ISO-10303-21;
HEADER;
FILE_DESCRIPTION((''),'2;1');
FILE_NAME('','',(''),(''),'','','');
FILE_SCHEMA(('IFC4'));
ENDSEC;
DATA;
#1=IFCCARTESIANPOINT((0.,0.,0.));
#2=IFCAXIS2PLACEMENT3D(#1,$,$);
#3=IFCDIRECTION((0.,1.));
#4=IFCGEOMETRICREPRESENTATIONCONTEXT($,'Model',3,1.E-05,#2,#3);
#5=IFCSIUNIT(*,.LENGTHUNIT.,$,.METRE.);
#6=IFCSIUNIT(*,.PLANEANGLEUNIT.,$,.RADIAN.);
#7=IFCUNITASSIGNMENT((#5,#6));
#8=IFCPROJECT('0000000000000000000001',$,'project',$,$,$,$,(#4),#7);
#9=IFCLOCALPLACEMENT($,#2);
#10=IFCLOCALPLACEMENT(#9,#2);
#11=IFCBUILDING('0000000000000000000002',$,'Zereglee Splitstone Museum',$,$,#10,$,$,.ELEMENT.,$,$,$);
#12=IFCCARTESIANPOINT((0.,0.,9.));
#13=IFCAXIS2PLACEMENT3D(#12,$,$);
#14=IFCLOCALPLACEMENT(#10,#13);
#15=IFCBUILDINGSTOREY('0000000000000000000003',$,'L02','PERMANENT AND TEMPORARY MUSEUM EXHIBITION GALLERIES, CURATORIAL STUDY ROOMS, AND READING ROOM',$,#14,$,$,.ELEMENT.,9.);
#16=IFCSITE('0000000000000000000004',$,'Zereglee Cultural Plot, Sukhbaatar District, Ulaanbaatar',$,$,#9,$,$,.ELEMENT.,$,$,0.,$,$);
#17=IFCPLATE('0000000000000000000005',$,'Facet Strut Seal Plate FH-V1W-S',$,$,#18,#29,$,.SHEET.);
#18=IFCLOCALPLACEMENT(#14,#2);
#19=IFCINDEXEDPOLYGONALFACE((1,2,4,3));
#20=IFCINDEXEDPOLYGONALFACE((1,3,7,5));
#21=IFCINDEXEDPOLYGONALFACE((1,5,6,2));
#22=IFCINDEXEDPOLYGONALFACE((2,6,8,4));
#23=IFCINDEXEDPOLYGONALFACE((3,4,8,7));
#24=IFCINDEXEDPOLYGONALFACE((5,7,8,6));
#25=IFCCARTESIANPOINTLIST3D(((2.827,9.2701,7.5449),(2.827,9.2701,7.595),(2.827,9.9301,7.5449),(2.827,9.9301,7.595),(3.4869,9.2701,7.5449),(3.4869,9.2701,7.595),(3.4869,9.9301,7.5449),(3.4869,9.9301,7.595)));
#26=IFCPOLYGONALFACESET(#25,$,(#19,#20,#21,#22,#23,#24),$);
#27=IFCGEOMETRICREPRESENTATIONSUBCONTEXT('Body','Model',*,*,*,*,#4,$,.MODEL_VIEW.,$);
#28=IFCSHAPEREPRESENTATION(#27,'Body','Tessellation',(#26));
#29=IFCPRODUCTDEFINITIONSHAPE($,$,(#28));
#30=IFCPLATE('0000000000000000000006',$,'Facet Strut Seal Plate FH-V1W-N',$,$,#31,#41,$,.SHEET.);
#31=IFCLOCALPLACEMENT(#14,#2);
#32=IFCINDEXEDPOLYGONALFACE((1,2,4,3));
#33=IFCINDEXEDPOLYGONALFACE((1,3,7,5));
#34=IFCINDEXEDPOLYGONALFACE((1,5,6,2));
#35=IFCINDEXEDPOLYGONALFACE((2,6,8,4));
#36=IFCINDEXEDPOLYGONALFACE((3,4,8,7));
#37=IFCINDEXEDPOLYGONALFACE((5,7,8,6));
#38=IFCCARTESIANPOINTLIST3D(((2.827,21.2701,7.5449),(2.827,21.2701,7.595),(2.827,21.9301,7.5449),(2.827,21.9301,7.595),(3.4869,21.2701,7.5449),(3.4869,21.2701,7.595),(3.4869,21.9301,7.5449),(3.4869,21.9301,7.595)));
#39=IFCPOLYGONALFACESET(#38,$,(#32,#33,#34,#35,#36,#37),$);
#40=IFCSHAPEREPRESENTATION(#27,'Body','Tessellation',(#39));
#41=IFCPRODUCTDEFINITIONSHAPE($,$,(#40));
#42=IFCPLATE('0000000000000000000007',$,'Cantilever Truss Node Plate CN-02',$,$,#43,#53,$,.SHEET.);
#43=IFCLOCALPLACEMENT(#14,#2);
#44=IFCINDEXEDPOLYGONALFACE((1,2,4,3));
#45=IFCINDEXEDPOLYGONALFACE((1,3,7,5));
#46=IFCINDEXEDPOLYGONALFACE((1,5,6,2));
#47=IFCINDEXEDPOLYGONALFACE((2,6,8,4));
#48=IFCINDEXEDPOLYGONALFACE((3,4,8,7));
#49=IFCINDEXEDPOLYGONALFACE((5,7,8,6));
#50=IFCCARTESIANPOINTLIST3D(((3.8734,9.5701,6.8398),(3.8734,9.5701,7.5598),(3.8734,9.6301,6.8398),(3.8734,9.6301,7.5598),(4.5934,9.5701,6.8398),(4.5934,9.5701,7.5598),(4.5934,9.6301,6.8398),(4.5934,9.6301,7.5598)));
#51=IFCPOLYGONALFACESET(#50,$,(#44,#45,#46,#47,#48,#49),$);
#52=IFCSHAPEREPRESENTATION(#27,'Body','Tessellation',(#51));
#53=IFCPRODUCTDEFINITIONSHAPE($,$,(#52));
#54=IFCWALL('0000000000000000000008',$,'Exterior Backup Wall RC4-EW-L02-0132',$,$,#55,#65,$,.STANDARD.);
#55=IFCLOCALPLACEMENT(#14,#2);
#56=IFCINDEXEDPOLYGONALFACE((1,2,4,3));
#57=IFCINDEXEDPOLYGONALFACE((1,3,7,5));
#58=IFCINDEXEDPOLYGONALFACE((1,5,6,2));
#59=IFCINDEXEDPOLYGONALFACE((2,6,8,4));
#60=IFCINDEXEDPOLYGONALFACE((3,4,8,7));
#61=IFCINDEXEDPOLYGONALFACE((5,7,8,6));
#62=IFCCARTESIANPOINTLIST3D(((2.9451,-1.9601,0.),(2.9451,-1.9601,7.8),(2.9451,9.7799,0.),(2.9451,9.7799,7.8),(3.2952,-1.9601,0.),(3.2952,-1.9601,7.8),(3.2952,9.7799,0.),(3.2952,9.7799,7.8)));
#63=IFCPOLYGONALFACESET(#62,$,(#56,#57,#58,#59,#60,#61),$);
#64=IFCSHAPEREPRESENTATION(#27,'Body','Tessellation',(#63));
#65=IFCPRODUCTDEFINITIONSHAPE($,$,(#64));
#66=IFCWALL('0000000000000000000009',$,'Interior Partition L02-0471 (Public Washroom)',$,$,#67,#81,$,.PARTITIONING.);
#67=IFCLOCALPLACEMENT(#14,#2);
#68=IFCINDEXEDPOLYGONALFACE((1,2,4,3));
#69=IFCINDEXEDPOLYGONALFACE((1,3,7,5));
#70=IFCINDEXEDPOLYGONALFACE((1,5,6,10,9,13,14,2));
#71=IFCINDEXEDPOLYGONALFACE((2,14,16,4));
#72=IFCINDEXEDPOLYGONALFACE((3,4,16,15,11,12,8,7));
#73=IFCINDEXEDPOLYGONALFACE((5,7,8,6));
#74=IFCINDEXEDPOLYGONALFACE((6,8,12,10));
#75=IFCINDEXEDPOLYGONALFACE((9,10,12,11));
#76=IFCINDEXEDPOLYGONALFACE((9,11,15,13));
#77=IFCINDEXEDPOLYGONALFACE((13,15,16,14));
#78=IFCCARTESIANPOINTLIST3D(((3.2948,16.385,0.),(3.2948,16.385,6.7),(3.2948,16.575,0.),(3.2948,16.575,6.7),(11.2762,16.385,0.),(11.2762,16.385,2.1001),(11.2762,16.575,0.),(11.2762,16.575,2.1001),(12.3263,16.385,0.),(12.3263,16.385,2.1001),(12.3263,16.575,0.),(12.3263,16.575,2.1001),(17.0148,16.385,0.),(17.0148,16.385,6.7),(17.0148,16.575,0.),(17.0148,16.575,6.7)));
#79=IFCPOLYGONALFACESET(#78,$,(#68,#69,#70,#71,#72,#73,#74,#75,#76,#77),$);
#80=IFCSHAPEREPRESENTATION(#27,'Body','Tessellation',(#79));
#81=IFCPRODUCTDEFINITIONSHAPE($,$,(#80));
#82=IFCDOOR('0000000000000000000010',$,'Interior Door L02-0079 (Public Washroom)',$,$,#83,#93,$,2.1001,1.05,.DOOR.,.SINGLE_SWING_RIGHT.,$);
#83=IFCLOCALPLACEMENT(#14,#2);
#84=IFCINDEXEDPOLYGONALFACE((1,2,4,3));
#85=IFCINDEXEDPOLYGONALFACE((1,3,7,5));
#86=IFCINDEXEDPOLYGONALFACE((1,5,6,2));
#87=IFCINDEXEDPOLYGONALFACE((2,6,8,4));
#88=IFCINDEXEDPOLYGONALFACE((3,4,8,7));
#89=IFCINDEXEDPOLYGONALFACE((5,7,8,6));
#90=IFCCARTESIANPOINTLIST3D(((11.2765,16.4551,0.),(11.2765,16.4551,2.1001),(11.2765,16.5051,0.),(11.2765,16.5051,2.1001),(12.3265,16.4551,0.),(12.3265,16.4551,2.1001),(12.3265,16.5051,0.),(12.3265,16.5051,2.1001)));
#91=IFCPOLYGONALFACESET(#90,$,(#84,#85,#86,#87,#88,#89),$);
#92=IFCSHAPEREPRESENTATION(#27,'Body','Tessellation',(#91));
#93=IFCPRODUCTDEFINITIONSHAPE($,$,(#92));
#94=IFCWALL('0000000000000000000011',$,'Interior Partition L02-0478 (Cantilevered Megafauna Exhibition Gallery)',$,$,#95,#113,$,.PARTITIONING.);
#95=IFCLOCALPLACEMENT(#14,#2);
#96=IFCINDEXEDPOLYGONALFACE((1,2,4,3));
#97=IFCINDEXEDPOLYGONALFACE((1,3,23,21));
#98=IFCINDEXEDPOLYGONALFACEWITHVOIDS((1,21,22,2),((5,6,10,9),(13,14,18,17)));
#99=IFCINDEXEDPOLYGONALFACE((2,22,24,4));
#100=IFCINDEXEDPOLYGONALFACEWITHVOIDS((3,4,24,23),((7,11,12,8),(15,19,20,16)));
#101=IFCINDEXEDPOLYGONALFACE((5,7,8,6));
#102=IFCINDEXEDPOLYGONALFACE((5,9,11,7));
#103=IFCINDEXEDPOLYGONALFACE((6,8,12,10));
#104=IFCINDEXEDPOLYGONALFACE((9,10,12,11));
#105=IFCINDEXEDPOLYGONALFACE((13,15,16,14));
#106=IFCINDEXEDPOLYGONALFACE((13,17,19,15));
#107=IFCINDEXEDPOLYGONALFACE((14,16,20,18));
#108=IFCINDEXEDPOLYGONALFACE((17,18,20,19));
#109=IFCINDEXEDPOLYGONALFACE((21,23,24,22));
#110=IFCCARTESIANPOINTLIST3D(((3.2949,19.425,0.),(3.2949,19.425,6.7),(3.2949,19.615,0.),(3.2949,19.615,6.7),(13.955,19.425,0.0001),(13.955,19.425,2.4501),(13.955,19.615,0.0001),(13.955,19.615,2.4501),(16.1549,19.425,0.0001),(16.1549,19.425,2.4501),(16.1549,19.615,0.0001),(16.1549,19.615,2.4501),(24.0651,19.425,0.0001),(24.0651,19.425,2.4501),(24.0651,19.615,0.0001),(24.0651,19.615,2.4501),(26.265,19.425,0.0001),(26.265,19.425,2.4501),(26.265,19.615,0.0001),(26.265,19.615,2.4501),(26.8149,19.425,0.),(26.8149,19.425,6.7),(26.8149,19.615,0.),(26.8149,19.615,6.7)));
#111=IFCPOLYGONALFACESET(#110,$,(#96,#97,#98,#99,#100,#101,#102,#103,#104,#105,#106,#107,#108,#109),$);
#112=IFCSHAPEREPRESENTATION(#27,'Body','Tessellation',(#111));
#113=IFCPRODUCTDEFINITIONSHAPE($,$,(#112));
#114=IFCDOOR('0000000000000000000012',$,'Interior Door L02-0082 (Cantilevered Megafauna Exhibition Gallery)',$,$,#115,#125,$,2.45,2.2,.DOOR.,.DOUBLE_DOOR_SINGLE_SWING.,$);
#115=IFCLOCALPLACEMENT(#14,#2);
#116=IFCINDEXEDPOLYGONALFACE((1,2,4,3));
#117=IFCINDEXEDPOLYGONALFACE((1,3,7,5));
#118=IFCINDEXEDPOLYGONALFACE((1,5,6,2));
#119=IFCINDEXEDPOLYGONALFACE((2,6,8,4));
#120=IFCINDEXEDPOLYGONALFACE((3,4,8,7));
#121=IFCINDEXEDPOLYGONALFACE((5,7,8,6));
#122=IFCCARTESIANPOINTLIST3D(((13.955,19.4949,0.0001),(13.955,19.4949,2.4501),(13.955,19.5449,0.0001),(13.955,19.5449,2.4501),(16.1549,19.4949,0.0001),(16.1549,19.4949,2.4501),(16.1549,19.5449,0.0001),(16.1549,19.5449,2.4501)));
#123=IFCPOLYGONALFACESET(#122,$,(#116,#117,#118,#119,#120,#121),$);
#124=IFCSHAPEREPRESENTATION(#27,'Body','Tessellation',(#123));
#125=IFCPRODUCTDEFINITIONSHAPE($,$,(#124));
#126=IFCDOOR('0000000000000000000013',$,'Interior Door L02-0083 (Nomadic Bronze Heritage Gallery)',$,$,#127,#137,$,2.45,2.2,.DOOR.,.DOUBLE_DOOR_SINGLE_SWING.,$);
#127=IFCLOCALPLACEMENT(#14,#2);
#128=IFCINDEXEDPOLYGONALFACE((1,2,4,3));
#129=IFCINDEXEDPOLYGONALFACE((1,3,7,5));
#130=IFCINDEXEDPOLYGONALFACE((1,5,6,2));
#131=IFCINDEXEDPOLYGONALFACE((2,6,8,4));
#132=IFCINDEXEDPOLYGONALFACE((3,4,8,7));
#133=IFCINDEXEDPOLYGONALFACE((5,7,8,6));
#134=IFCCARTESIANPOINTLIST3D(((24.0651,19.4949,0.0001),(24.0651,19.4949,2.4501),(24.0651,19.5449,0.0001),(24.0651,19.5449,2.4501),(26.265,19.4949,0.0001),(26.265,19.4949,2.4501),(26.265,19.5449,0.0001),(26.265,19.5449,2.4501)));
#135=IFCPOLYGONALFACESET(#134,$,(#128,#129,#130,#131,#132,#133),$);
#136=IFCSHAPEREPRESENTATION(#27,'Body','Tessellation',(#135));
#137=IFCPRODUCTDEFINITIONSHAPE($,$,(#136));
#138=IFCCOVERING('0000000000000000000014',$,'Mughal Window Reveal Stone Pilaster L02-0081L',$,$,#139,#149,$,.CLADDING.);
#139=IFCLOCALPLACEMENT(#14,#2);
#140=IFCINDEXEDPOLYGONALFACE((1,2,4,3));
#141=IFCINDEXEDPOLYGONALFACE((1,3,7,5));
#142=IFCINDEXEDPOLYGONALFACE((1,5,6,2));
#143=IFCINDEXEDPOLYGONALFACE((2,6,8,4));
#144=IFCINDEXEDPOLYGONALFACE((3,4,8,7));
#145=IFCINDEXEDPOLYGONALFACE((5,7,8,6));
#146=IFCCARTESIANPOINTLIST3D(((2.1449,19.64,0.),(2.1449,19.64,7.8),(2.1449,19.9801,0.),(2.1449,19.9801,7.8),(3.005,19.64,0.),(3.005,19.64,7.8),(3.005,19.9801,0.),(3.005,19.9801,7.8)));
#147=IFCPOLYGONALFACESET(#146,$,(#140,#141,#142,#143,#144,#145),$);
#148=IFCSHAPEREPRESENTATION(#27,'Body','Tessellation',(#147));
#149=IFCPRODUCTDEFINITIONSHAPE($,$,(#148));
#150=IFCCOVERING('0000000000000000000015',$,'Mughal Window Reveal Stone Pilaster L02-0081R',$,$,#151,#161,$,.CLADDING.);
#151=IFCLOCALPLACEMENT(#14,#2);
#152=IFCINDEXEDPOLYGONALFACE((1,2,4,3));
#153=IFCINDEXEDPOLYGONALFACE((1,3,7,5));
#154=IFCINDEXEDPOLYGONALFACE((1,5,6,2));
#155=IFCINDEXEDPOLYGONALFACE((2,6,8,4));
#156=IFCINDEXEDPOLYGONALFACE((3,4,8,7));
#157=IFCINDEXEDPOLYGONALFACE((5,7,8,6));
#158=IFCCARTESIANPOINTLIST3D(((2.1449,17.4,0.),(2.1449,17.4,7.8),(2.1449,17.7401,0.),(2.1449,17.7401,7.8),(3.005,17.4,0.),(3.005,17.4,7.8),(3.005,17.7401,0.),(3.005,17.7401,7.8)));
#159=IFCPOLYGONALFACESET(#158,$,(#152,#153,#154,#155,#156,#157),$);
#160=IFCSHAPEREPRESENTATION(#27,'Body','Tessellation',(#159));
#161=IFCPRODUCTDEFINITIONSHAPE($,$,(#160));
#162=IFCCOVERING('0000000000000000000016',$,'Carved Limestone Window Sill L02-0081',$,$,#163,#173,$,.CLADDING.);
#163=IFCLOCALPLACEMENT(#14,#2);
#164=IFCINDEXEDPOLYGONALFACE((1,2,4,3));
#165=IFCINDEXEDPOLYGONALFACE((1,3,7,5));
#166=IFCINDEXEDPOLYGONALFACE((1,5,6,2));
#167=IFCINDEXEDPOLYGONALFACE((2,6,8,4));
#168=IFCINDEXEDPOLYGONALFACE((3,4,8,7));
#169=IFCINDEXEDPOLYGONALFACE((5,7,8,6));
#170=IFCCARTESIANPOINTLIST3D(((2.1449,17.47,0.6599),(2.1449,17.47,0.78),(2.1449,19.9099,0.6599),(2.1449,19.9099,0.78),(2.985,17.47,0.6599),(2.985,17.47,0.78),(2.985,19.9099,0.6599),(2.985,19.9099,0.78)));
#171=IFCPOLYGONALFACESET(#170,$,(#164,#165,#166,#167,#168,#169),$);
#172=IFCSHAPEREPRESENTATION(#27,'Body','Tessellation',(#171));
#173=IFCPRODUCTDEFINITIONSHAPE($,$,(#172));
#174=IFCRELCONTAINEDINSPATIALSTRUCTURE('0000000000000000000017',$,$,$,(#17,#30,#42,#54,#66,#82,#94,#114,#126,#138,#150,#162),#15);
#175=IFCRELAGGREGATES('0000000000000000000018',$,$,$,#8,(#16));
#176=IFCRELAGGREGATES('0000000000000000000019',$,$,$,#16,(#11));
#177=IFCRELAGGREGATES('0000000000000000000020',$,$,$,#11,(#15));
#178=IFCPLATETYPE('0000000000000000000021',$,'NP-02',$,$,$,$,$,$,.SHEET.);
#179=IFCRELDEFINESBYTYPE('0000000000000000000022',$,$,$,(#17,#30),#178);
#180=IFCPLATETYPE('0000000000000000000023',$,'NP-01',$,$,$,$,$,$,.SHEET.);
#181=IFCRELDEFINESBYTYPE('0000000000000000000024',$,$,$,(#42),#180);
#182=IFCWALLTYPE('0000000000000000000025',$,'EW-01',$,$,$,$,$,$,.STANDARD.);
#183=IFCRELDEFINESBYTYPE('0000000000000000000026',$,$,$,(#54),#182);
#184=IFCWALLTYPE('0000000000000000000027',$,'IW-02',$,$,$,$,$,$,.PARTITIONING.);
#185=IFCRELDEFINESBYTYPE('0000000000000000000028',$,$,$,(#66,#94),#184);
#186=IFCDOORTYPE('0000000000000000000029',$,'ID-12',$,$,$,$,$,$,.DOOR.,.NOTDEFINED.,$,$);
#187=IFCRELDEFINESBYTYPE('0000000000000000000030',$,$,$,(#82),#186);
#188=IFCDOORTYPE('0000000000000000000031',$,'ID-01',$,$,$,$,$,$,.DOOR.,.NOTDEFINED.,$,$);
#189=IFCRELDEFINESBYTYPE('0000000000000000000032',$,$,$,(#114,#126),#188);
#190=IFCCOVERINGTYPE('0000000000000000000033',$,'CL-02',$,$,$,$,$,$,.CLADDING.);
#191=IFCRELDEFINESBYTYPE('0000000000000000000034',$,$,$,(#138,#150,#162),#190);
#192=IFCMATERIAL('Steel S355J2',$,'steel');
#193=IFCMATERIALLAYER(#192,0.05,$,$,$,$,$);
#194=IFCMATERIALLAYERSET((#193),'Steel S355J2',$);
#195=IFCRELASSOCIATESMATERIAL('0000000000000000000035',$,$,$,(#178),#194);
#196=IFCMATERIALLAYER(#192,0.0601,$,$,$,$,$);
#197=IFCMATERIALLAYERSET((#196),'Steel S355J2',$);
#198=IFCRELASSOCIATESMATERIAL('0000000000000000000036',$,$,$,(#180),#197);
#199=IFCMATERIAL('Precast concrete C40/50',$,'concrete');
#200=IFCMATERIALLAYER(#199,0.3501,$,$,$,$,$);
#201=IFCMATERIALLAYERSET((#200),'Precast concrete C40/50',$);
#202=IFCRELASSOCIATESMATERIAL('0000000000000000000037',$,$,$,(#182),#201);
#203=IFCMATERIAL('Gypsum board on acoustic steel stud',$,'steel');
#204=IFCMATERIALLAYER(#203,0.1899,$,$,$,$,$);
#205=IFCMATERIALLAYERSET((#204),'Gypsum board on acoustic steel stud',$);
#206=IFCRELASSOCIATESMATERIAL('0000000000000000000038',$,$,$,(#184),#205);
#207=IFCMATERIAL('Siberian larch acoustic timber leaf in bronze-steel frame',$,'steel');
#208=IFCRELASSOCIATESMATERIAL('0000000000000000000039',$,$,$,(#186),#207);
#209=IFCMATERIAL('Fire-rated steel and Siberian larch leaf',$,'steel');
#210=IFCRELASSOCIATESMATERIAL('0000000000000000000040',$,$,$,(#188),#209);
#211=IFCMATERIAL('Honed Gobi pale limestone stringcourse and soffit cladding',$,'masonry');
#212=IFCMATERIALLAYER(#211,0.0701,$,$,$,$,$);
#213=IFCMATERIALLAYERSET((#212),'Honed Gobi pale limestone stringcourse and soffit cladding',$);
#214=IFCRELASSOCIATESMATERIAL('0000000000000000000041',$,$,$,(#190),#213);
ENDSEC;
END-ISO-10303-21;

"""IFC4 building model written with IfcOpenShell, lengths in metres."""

from ifc_helpers import new_model, si_unit, direction, frame, frame_2d, origin, origin_2d, place, context, subcontext, project, spatial, rectangle, extrude, material, layer, layer_set, type_object, element, fill, save


model = new_model("IFC4")

# Units and contexts
model_context = context("Model", 3, precision=1e-05, world=origin(), true_north=direction((0.0, 1.0)))
body_context = subcontext(model_context, "Body", "Model", "MODEL_VIEW")
ifc_project = project(units=[si_unit("LENGTHUNIT", "METRE"), si_unit("PLANEANGLEUNIT", "RADIAN")], contexts=[model_context])

# Site, building, storey
site_placement = place(None, origin())
site = spatial("IfcSite", under=ifc_project, at=site_placement, Name="Zereglee Cultural Plot, Sukhbaatar District, Ulaanbaatar", CompositionType="ELEMENT", RefElevation=0.0)
building_placement = place(site_placement, origin())
building = spatial("IfcBuilding", under=site, at=building_placement, Name="Zereglee Splitstone Museum", CompositionType="ELEMENT")
storey_placement = place(building_placement, frame((0.0, 0.0, 9.0)))
storey = spatial("IfcBuildingStorey", under=building, at=storey_placement, Name="L02", Description="PERMANENT AND TEMPORARY MUSEUM EXHIBITION GALLERIES, CURATORIAL STUDY ROOMS, AND READING ROOM", CompositionType="ELEMENT", Elevation=9.0)

# Shared definitions
ifc_material_1 = material(Name="Steel S355J2", Category="steel")

# Plates
ifc_layer_1 = layer(ifc_material_1, 0.05)
ifc_layer_set_1 = layer_set([ifc_layer_1], Name="Steel S355J2")
plate_type_1 = type_object("IfcPlateType", Name="NP-02", PredefinedType="SHEET", material=ifc_layer_set_1)
for number, where, z_axis, x_axis, name in (
    (1, (3.157, 9.6001, 7.5449), (0.0, 0.0, 1.0), (1.0, 0.0, 0.0), "Facet Strut Seal Plate FH-V1W-S"),
    (2, (3.157, 21.6001, 7.5449), (0.0, 0.0, 1.0), (1.0, 0.0, 0.0), "Facet Strut Seal Plate FH-V1W-N"),
):
    element("IfcPlate", number, at=place(storey_placement, frame(where, z_axis=z_axis, x_axis=x_axis)), inside=storey, type_object=plate_type_1, Name=name, PredefinedType="SHEET", context=body_context, shape_type="SweptSolid", body=[
        extrude(rectangle(XDim=0.6599, YDim=0.6599, at=origin_2d()), origin(), (0.0, 0.0, 1.0), 0.05),
    ])
ifc_layer_2 = layer(ifc_material_1, 0.0601)
ifc_layer_set_2 = layer_set([ifc_layer_2], Name="Steel S355J2")
plate_type_2 = type_object("IfcPlateType", Name="NP-01", PredefinedType="SHEET", material=ifc_layer_set_2)
plate_1_placement = place(storey_placement, frame((4.2334, 9.6001, 6.8398), z_axis=(0.0, 0.0, 1.0), x_axis=(1.0, 0.0, 0.0)))
element("IfcPlate", 3, at=plate_1_placement, inside=storey, type_object=plate_type_2, Name="Cantilever Truss Node Plate CN-02", PredefinedType="SHEET", context=body_context, shape_type="SweptSolid", body=[
    extrude(rectangle(XDim=0.72, YDim=0.0601, at=origin_2d()), origin(), (0.0, 0.0, 1.0), 0.72),
])

# Wall
ifc_material_2 = material(Name="Precast concrete C40/50", Category="concrete")
ifc_layer_3 = layer(ifc_material_2, 0.3501)
ifc_layer_set_3 = layer_set([ifc_layer_3], Name="Precast concrete C40/50")
wall_type_1 = type_object("IfcWallType", Name="EW-01", PredefinedType="STANDARD", material=ifc_layer_set_3)
wall_1_placement = place(storey_placement, frame((3.1201, 9.78, 0.0), z_axis=(0.0, 0.0, 1.0), x_axis=(0.0, -1.0, 0.0)))
element("IfcWall", 4, at=wall_1_placement, inside=storey, type_object=wall_type_1, Name="Exterior Backup Wall RC4-EW-L02-0132", PredefinedType="STANDARD", context=body_context, shape_type="SweptSolid", body=[
    extrude(rectangle(XDim=11.74, YDim=0.3501, at=frame_2d((5.8701, 0.0))), origin(), (0.0, 0.0, 1.0), 7.8),
])

# Wall, opening, door
ifc_material_3 = material(Name="Gypsum board on acoustic steel stud", Category="steel")
ifc_layer_4 = layer(ifc_material_3, 0.1899)
ifc_layer_set_4 = layer_set([ifc_layer_4], Name="Gypsum board on acoustic steel stud")
wall_type_2 = type_object("IfcWallType", Name="IW-02", PredefinedType="PARTITIONING", material=ifc_layer_set_4)
wall_2_placement = place(storey_placement, frame((3.2949, 16.48, 0.0), z_axis=(0.0, 0.0, 1.0), x_axis=(1.0, 0.0, 0.0)))
wall_2 = element("IfcWall", 5, at=wall_2_placement, inside=storey, type_object=wall_type_2, Name="Interior Partition L02-0471 (Public Washroom)", PredefinedType="PARTITIONING", context=body_context, shape_type="SweptSolid", body=[
    extrude(rectangle(XDim=13.72, YDim=0.1899, at=frame_2d((6.8599, 0.0))), origin(), (0.0, 0.0, 1.0), 6.7),
])
opening_1_placement = place(wall_2_placement, frame((7.9814, 0.0, 0.0)))
opening_1 = element("IfcOpeningElement", 6, at=opening_1_placement, cuts=wall_2, PredefinedType="OPENING", context=body_context, shape_type="SweptSolid", body=[
    extrude(rectangle(XDim=1.05, YDim=2.1001, at=frame_2d((0.5249, 1.05))), frame((0.0, 0.1099, 0.0), z_axis=(0.0, -1.0, 0.0), x_axis=(1.0, 0.0, 0.0)), (0.0, 0.0, 1.0), 0.2197),
])
ifc_material_4 = material(Name="Siberian larch acoustic timber leaf in bronze-steel frame", Category="steel")
door_type_1 = type_object("IfcDoorType", Name="ID-12", OperationType="NOTDEFINED", PredefinedType="DOOR", material=ifc_material_4)
door_1_placement = place(opening_1_placement, frame((1.05, 0.0, 0.0), z_axis=(0.0, 0.0, 1.0), x_axis=(-1.0, 0.0, 0.0)))
door_1 = element("IfcDoor", 7, at=door_1_placement, inside=storey, type_object=door_type_1, Name="Interior Door L02-0079 (Public Washroom)", OperationType="SINGLE_SWING_RIGHT", OverallHeight=2.1001, OverallWidth=1.05, PredefinedType="DOOR", context=body_context, shape_type="SweptSolid", body=[
    extrude(rectangle(XDim=1.05, YDim=2.1001, at=frame_2d((0.5249, 1.05))), frame((0.0, 0.0249, 0.0), z_axis=(0.0, -1.0, 0.0), x_axis=(1.0, 0.0, 0.0)), (0.0, 0.0, 1.0), 0.05),
])
fill(opening_1, door_1)

# Wall, openings, doors
wall_3_placement = place(storey_placement, frame((3.2949, 19.52, 0.0), z_axis=(0.0, 0.0, 1.0), x_axis=(1.0, 0.0, 0.0)))
wall_3 = element("IfcWall", 8, at=wall_3_placement, inside=storey, type_object=wall_type_2, Name="Interior Partition L02-0478 (Cantilevered Megafauna Exhibition Gallery)", PredefinedType="PARTITIONING", context=body_context, shape_type="SweptSolid", body=[
    extrude(rectangle(XDim=23.52, YDim=0.1899, at=frame_2d((11.76, 0.0))), origin(), (0.0, 0.0, 1.0), 6.7),
])
opening_2_placement = place(wall_3_placement, frame((10.6599, 0.0, 0.0)))
opening_2 = element("IfcOpeningElement", 9, at=opening_2_placement, cuts=wall_3, PredefinedType="OPENING", context=body_context, shape_type="SweptSolid", body=[
    extrude(rectangle(XDim=2.2, YDim=2.45, at=frame_2d((1.1001, 1.2251))), frame((0.0, 0.1099, 0.0), z_axis=(0.0, -1.0, 0.0), x_axis=(1.0, 0.0, 0.0)), (0.0, 0.0, 1.0), 0.2197),
])
opening_3_placement = place(wall_3_placement, frame((20.77, 0.0, 0.0)))
opening_3 = element("IfcOpeningElement", 10, at=opening_3_placement, cuts=wall_3, PredefinedType="OPENING", context=body_context, shape_type="SweptSolid", body=[
    extrude(rectangle(XDim=2.2, YDim=2.45, at=frame_2d((1.1001, 1.2251))), frame((0.0, 0.1099, 0.0), z_axis=(0.0, -1.0, 0.0), x_axis=(1.0, 0.0, 0.0)), (0.0, 0.0, 1.0), 0.2197),
])
ifc_material_5 = material(Name="Fire-rated steel and Siberian larch leaf", Category="steel")
door_type_2 = type_object("IfcDoorType", Name="ID-01", OperationType="NOTDEFINED", PredefinedType="DOOR", material=ifc_material_5)
door_2_placement = place(opening_2_placement, origin())
door_2 = element("IfcDoor", 11, at=door_2_placement, inside=storey, type_object=door_type_2, Name="Interior Door L02-0082 (Cantilevered Megafauna Exhibition Gallery)", OperationType="DOUBLE_DOOR_SINGLE_SWING", OverallHeight=2.45, OverallWidth=2.2, PredefinedType="DOOR", context=body_context, shape_type="SweptSolid", body=[
    extrude(rectangle(XDim=2.2, YDim=2.45, at=frame_2d((1.1001, 1.2251))), frame((0.0, 0.0249, 0.0), z_axis=(0.0, -1.0, 0.0), x_axis=(1.0, 0.0, 0.0)), (0.0, 0.0, 1.0), 0.05),
])
fill(opening_2, door_2)
door_3_placement = place(opening_3_placement, origin())
door_3 = element("IfcDoor", 12, at=door_3_placement, inside=storey, type_object=door_type_2, Name="Interior Door L02-0083 (Nomadic Bronze Heritage Gallery)", OperationType="DOUBLE_DOOR_SINGLE_SWING", OverallHeight=2.45, OverallWidth=2.2, PredefinedType="DOOR", context=body_context, shape_type="SweptSolid", body=[
    extrude(rectangle(XDim=2.2, YDim=2.45, at=frame_2d((1.1001, 1.2251))), frame((0.0, 0.0249, 0.0), z_axis=(0.0, -1.0, 0.0), x_axis=(1.0, 0.0, 0.0)), (0.0, 0.0, 1.0), 0.05),
])
fill(opening_3, door_3)

# Coverings
ifc_material_6 = material(Name="Honed Gobi pale limestone stringcourse and soffit cladding", Category="masonry")
ifc_layer_5 = layer(ifc_material_6, 0.0701)
ifc_layer_set_5 = layer_set([ifc_layer_5], Name="Honed Gobi pale limestone stringcourse and soffit cladding")
covering_type_1 = type_object("IfcCoveringType", Name="CL-02", PredefinedType="CLADDING", material=ifc_layer_set_5)
for number, where, z_axis, x_axis, name in (
    (13, (2.575, 19.8101, 0.0), (0.0, 0.0, 1.0), (0.0, -1.0, 0.0), "Mughal Window Reveal Stone Pilaster L02-0081L"),
    (14, (2.575, 17.5701, 0.0), (0.0, 0.0, 1.0), (0.0, -1.0, 0.0), "Mughal Window Reveal Stone Pilaster L02-0081R"),
):
    element("IfcCovering", number, at=place(storey_placement, frame(where, z_axis=z_axis, x_axis=x_axis)), inside=storey, type_object=covering_type_1, Name=name, PredefinedType="CLADDING", context=body_context, shape_type="SweptSolid", body=[
        extrude(rectangle(XDim=0.3401, YDim=0.8601, at=origin_2d()), origin(), (0.0, 0.0, 1.0), 7.8),
    ])
covering_1_placement = place(storey_placement, frame((2.5649, 18.6899, 0.6599), z_axis=(0.0, 0.0, 1.0), x_axis=(0.0, -1.0, 0.0)))
element("IfcCovering", 15, at=covering_1_placement, inside=storey, type_object=covering_type_1, Name="Carved Limestone Window Sill L02-0081", PredefinedType="CLADDING", context=body_context, shape_type="SweptSolid", body=[
    extrude(rectangle(XDim=2.4399, YDim=0.8401, at=origin_2d()), origin(), (0.0, 0.0, 1.0), 0.1201),
])

save(model, "model.ifc")
